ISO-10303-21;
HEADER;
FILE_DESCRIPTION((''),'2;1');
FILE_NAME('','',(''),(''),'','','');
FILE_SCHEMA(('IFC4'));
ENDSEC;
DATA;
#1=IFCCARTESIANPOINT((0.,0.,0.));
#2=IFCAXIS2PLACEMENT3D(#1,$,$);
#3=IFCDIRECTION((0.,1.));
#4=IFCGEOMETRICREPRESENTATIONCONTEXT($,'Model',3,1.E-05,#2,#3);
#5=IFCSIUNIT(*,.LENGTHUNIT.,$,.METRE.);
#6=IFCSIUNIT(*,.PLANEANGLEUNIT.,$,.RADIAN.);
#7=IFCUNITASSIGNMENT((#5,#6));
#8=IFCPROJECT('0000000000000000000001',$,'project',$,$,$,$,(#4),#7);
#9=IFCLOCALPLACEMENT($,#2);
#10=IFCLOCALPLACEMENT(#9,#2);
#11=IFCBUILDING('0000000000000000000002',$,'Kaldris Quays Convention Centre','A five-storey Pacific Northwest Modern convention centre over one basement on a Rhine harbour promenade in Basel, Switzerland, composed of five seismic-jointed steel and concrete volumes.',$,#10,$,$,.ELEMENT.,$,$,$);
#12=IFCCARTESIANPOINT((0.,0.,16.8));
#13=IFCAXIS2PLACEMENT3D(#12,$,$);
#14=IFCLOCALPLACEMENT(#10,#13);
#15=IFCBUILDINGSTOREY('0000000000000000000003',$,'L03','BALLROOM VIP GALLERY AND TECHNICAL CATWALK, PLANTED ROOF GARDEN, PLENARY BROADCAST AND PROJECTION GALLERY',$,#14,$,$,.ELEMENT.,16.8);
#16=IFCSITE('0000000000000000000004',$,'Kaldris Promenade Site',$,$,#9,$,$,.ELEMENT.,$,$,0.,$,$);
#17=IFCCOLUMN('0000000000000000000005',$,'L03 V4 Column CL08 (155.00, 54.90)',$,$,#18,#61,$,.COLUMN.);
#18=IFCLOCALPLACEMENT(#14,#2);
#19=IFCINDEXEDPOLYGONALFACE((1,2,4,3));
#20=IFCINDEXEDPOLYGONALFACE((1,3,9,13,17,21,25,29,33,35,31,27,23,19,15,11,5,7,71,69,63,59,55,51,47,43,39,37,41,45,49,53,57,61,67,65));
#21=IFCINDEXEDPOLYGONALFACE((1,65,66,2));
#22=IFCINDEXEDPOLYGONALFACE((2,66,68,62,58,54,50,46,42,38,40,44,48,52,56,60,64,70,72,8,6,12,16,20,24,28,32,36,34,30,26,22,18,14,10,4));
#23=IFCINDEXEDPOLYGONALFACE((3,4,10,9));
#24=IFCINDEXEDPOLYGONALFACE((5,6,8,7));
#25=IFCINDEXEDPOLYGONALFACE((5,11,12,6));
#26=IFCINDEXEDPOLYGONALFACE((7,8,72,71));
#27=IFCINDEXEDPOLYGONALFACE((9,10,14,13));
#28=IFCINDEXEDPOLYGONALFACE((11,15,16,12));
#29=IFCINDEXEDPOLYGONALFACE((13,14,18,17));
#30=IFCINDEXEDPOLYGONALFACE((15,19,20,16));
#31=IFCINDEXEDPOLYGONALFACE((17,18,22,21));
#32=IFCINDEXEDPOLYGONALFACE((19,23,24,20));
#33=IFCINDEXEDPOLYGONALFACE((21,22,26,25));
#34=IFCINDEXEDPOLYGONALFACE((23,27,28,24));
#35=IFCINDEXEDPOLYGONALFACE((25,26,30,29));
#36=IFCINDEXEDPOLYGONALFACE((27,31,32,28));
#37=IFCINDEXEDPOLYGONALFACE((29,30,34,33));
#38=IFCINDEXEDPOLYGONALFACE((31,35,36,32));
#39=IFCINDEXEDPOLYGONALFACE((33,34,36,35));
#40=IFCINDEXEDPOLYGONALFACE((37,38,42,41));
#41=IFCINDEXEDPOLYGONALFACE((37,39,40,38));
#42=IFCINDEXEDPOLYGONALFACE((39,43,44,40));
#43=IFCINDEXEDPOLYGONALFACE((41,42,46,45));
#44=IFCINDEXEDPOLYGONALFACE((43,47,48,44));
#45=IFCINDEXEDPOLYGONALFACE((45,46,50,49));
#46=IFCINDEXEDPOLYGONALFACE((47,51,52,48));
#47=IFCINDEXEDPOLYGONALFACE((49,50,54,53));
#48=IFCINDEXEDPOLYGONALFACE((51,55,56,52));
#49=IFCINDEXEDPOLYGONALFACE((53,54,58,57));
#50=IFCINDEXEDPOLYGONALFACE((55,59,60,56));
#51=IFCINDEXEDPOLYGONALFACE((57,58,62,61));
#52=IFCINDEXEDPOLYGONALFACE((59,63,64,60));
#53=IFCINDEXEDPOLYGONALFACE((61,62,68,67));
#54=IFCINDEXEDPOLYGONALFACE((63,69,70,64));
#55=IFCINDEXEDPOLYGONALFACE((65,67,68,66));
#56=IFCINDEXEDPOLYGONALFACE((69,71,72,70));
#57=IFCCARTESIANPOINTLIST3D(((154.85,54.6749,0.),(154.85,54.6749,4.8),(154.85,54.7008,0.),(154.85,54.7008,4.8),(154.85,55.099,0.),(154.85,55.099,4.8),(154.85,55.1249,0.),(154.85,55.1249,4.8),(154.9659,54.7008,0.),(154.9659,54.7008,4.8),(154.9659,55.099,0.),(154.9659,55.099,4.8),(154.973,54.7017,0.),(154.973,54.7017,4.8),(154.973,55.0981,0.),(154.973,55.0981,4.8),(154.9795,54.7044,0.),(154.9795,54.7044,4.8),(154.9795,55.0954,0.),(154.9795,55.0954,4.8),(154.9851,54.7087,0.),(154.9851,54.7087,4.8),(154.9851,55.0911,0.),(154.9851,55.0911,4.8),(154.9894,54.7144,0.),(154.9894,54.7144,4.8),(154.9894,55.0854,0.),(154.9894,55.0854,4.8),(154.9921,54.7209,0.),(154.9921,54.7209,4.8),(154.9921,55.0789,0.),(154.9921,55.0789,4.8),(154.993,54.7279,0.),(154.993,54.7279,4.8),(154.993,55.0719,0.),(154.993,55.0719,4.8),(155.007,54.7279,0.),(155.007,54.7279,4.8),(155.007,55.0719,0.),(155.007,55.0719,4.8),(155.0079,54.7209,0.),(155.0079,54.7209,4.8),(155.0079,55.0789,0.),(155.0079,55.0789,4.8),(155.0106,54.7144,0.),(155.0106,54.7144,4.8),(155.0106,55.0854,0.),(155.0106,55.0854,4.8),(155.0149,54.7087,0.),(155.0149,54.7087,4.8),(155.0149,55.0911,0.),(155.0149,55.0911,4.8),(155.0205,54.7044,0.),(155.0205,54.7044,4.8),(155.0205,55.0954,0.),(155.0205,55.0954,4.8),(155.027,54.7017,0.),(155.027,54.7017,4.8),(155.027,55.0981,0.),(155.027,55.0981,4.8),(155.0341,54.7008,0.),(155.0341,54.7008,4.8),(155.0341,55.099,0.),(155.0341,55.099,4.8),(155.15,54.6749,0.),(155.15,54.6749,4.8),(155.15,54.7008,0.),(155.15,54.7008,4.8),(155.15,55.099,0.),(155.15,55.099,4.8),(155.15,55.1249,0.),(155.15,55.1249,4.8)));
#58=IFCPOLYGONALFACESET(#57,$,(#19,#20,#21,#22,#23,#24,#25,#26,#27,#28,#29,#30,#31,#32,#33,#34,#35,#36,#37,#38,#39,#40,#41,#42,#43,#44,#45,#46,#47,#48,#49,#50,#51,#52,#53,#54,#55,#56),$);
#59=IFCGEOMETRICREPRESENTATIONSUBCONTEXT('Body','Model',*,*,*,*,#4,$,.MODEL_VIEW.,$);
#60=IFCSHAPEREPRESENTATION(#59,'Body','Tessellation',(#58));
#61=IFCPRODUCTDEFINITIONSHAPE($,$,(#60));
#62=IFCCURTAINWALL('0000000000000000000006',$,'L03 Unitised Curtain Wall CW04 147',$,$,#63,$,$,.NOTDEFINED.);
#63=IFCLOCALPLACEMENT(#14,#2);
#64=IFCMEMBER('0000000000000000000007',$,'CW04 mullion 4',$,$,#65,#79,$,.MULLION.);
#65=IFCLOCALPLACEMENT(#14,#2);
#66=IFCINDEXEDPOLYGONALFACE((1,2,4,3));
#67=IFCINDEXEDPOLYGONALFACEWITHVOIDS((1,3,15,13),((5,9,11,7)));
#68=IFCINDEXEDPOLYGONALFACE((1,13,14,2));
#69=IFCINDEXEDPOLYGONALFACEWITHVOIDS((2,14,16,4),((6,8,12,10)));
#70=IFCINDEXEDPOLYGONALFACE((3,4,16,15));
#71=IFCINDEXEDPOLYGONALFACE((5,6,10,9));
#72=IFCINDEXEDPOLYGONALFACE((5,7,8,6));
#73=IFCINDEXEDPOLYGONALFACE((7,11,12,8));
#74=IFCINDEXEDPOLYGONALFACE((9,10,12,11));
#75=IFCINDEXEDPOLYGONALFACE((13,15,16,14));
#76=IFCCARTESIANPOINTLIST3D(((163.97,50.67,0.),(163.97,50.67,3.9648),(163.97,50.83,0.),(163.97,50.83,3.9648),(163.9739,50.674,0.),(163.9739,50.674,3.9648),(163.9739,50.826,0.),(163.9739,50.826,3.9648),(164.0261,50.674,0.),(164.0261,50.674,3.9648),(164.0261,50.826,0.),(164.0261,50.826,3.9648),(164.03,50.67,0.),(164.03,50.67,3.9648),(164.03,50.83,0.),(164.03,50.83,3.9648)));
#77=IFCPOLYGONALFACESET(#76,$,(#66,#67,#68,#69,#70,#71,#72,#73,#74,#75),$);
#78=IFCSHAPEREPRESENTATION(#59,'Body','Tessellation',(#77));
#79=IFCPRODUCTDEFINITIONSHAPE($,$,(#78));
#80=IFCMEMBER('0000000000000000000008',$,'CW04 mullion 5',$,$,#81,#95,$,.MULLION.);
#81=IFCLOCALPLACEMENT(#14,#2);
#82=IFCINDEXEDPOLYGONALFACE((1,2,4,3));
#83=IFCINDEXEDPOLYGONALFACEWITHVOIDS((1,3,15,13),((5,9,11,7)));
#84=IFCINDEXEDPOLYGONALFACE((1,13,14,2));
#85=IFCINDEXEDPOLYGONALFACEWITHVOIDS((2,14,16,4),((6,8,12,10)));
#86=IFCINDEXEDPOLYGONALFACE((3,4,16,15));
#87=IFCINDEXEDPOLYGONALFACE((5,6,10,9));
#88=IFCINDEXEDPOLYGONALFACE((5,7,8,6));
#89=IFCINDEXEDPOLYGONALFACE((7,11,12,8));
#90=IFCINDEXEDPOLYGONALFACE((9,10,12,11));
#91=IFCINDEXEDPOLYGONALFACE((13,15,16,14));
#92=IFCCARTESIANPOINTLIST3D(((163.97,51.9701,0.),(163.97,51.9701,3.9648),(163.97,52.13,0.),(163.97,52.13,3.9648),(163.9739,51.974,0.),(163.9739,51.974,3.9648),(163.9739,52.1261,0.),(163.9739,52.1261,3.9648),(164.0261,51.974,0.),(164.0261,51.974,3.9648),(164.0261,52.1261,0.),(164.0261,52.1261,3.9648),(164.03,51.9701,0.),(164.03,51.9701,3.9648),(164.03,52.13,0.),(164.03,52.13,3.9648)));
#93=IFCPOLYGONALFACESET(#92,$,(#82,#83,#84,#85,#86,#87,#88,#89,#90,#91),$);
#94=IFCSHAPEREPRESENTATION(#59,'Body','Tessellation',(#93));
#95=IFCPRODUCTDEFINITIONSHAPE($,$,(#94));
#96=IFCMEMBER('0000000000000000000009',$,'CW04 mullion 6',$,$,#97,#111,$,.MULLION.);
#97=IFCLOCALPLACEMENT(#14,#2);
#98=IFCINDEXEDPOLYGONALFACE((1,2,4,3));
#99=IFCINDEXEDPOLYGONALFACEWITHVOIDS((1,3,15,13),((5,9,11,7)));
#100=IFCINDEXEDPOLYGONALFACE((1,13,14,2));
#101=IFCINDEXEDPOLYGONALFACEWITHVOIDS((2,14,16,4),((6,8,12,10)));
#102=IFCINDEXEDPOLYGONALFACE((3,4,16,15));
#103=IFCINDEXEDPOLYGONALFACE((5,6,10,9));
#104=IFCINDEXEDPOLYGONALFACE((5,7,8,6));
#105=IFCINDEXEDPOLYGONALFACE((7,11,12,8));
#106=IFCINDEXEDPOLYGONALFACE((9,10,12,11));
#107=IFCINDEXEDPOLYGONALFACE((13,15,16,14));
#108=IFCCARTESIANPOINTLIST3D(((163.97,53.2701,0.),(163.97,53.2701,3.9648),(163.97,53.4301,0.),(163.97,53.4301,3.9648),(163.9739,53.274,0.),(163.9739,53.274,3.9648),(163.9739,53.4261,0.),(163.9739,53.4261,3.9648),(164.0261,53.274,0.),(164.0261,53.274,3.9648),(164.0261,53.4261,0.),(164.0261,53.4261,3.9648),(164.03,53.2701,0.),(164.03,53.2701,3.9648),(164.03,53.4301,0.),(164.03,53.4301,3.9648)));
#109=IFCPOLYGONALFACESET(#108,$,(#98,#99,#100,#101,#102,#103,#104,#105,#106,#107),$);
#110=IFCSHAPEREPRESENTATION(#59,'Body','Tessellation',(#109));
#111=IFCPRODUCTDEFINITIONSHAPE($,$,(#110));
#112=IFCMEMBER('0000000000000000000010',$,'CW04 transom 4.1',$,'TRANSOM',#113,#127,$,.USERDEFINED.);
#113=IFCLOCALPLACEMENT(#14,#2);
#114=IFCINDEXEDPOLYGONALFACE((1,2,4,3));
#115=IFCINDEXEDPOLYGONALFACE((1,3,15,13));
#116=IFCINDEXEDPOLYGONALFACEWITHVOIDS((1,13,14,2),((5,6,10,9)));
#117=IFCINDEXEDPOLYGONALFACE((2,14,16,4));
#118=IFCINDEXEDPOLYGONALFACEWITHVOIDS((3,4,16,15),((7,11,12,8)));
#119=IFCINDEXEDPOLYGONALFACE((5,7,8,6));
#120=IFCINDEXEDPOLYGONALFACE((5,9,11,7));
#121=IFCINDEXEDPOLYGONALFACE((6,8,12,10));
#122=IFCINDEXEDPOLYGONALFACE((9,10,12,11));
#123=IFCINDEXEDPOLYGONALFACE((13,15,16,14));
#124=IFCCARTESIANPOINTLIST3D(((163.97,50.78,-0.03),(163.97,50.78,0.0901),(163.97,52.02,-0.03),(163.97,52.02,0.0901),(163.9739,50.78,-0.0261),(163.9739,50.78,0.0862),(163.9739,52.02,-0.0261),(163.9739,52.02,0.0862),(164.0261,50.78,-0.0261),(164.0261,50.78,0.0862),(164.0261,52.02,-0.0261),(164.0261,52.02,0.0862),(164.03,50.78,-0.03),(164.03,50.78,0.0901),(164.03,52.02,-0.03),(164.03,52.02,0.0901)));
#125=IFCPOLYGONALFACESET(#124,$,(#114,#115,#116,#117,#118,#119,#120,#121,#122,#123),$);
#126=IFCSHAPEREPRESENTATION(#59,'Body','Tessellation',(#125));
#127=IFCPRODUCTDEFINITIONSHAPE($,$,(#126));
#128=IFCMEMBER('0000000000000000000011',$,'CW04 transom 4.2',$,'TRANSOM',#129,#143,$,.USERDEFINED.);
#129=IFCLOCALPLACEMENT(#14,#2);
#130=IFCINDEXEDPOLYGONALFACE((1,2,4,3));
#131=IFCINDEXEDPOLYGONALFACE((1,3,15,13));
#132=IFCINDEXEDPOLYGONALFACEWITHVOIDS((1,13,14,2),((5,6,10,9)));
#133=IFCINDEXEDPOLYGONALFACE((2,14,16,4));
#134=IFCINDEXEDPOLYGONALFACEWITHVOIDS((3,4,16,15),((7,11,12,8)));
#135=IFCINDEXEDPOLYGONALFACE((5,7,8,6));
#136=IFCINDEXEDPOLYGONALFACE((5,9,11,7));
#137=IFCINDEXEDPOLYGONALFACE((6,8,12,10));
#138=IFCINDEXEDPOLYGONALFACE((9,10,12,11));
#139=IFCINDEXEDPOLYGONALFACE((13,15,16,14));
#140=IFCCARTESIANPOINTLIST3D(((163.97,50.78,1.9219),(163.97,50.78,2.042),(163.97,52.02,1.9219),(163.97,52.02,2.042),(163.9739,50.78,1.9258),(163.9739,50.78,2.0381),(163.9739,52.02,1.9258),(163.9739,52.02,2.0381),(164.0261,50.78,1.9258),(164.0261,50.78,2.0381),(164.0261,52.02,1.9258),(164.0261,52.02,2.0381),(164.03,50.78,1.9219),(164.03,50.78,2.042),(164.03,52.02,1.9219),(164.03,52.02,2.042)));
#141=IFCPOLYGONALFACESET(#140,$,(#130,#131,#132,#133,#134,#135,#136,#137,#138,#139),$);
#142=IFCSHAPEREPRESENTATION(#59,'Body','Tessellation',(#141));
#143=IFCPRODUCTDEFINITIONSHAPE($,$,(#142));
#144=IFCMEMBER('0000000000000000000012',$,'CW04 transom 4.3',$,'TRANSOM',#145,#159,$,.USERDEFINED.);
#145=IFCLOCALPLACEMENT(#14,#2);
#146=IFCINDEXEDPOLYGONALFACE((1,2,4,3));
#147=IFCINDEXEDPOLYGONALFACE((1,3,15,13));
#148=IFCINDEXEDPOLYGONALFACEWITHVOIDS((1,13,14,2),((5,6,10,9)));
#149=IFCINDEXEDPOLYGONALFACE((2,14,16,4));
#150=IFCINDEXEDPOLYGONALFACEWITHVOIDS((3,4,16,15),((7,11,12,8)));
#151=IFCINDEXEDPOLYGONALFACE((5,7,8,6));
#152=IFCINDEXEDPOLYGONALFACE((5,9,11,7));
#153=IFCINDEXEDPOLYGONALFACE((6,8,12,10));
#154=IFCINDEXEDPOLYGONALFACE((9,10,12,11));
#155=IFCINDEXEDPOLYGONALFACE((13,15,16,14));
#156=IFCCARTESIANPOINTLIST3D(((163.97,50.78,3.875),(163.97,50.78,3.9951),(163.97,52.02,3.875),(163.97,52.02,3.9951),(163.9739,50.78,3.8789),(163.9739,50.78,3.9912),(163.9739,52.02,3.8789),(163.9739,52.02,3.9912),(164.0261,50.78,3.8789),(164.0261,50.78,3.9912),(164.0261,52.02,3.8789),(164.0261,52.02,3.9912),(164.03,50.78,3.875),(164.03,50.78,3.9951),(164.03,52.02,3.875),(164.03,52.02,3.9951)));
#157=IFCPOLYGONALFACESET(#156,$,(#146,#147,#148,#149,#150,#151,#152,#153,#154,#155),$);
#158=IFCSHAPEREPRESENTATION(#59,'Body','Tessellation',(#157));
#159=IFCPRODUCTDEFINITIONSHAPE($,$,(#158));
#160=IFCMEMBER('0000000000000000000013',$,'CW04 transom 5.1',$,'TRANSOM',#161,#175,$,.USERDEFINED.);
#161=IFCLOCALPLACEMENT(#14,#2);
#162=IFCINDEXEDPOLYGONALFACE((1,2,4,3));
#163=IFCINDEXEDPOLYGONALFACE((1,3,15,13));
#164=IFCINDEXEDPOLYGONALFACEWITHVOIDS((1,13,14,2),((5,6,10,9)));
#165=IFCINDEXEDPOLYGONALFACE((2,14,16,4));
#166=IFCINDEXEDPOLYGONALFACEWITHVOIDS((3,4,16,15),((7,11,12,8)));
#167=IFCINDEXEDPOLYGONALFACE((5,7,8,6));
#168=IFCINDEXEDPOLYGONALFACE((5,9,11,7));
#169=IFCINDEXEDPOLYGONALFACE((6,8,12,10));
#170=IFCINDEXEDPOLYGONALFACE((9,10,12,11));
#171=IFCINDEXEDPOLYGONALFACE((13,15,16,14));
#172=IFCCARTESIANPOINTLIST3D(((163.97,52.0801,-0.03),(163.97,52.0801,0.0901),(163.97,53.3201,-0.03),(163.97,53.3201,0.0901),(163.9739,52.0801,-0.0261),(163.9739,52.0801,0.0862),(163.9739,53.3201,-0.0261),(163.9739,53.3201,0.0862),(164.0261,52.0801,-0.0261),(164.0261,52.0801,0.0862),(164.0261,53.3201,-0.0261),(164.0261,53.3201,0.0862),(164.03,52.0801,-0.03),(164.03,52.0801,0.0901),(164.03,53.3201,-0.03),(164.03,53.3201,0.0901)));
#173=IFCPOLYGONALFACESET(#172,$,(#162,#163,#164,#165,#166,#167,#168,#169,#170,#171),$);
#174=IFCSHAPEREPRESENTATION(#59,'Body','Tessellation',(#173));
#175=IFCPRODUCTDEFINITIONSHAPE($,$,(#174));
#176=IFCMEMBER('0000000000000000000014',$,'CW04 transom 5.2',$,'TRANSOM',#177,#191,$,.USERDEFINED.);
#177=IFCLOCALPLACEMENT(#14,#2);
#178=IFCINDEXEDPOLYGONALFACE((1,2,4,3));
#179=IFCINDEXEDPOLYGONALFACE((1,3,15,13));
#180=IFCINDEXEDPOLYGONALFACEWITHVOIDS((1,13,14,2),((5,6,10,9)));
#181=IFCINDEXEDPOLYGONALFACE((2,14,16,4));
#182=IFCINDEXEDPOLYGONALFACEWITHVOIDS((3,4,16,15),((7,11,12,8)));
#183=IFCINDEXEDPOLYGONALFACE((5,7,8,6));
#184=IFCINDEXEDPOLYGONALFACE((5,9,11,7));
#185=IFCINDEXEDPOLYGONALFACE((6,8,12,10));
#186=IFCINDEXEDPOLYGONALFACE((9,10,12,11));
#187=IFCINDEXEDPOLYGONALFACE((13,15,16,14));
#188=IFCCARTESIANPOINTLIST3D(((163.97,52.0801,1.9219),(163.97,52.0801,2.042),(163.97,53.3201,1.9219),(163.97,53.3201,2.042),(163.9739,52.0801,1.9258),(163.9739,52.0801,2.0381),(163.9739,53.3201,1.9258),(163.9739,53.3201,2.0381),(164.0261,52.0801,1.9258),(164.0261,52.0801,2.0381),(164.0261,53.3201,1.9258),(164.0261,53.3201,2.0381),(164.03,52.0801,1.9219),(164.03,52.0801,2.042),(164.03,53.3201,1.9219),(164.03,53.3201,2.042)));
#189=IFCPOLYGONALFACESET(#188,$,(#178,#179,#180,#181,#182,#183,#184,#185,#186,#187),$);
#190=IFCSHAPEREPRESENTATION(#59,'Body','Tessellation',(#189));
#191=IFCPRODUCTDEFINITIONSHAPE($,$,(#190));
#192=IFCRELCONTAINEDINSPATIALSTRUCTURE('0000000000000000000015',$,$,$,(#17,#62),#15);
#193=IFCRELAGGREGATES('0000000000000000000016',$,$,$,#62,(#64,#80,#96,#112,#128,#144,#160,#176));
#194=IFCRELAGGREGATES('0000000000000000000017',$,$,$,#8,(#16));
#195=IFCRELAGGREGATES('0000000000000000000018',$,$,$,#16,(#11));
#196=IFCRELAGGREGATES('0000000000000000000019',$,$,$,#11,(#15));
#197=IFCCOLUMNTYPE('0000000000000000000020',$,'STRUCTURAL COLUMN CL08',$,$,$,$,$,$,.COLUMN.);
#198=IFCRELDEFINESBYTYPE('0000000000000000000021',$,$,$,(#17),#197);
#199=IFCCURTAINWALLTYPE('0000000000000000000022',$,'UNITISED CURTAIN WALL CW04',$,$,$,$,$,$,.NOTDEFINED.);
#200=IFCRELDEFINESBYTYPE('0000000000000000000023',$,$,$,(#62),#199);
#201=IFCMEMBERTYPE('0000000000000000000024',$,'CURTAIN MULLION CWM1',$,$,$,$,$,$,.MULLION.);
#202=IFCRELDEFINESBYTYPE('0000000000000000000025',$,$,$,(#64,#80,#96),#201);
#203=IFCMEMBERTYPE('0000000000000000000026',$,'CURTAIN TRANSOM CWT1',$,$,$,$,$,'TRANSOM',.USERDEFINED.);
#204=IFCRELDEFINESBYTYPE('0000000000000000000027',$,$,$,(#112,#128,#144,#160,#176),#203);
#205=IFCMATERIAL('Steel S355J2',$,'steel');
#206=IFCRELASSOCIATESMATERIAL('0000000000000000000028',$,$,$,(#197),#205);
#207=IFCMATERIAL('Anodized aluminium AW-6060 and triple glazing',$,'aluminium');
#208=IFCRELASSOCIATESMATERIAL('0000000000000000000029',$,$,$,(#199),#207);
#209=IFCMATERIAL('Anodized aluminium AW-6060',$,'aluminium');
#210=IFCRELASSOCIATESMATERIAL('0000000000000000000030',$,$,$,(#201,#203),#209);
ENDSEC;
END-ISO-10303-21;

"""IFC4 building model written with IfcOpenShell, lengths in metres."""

from ifc_helpers import new_model, si_unit, direction, frame, origin, origin_2d, place, context, subcontext, project, spatial, hollow_rectangle, i_section, extrude, material, material_profile, profile_set, type_object, element, aggregate, save


model = new_model("IFC4")

# Units and contexts
model_context = context("Model", 3, precision=1e-05, world=origin(), true_north=direction((0.0, 1.0)))
body_context = subcontext(model_context, "Body", "Model", "MODEL_VIEW")
ifc_project = project(units=[si_unit("LENGTHUNIT", "METRE"), si_unit("PLANEANGLEUNIT", "RADIAN")], contexts=[model_context])

# Site, building, storey
site_placement = place(None, origin())
site = spatial("IfcSite", under=ifc_project, at=site_placement, Name="Kaldris Promenade Site", CompositionType="ELEMENT", RefElevation=0.0)
building_placement = place(site_placement, origin())
building = spatial("IfcBuilding", under=site, at=building_placement, Name="Kaldris Quays Convention Centre", Description="A five-storey Pacific Northwest Modern convention centre over one basement on a Rhine harbour promenade in Basel, Switzerland, composed of five seismic-jointed steel and concrete volumes.", CompositionType="ELEMENT")
storey_placement = place(building_placement, frame((0.0, 0.0, 16.8)))
storey = spatial("IfcBuildingStorey", under=building, at=storey_placement, Name="L03", Description="BALLROOM VIP GALLERY AND TECHNICAL CATWALK, PLANTED ROOF GARDEN, PLENARY BROADCAST AND PROJECTION GALLERY", CompositionType="ELEMENT", Elevation=16.8)

# Column
ifc_material_1 = material(Name="Steel S355J2", Category="steel")
ifc_material_profile_1 = material_profile(ifc_material_1, i_section(OverallWidth=0.3, OverallDepth=0.45, WebThickness=0.0139, FlangeThickness=0.0259, FilletRadius=0.0271, at=origin_2d()), Name="HEB 450")
ifc_profile_set_1 = profile_set([ifc_material_profile_1], Name="Steel S355J2")
column_type = type_object("IfcColumnType", Name="STRUCTURAL COLUMN CL08", PredefinedType="COLUMN", material=ifc_profile_set_1)
column_placement = place(storey_placement, frame((155.0, 54.8999, 0.0), z_axis=(0.0, 0.0, 1.0), x_axis=(1.0, 0.0, 0.0)))
element("IfcColumn", 1, at=column_placement, inside=storey, type_object=column_type, Name="L03 V4 Column CL08 (155.00, 54.90)", PredefinedType="COLUMN", context=body_context, shape_type="SweptSolid", body=[
    extrude(i_section(OverallWidth=0.3, OverallDepth=0.45, WebThickness=0.0139, FlangeThickness=0.0259, FilletRadius=0.0271, at=origin_2d()), origin(), (0.0, 0.0, 1.0), 4.8),
])

# Curtain wall, members
ifc_material_2 = material(Name="Anodized aluminium AW-6060 and triple glazing", Category="aluminium")
curtain_wall_type = type_object("IfcCurtainWallType", Name="UNITISED CURTAIN WALL CW04", PredefinedType="NOTDEFINED", material=ifc_material_2)
curtain_wall_placement = place(storey_placement, origin())
curtain_wall = element("IfcCurtainWall", 2, at=curtain_wall_placement, inside=storey, type_object=curtain_wall_type, Name="L03 Unitised Curtain Wall CW04 147", PredefinedType="NOTDEFINED")
ifc_material_3 = material(Name="Anodized aluminium AW-6060", Category="aluminium")
ifc_material_profile_2 = material_profile(ifc_material_3, hollow_rectangle(XDim=0.0601, YDim=0.1599, WallThickness=0.0039, at=origin_2d()), Name="RHS 160x60x4")
ifc_profile_set_2 = profile_set([ifc_material_profile_2], Name="Anodized aluminium AW-6060")
member_type_1 = type_object("IfcMemberType", Name="CURTAIN MULLION CWM1", PredefinedType="MULLION", material=ifc_profile_set_2)
member_1_placement = place(storey_placement, frame((164.0, 50.75, 0.0), z_axis=(0.0, 0.0, 1.0), x_axis=(-1.0, 0.0, 0.0)))
member_1 = element("IfcMember", 3, at=member_1_placement, type_object=member_type_1, Name="CW04 mullion 4", PredefinedType="MULLION", context=body_context, shape_type="SweptSolid", body=[
    extrude(hollow_rectangle(XDim=0.0601, YDim=0.1599, WallThickness=0.0039, at=origin_2d()), origin(), (0.0, 0.0, 1.0), 3.9648),
])
member_2_placement = place(storey_placement, frame((164.0, 52.05, 0.0), z_axis=(0.0, 0.0, 1.0), x_axis=(-1.0, 0.0, 0.0)))
member_2 = element("IfcMember", 4, at=member_2_placement, type_object=member_type_1, Name="CW04 mullion 5", PredefinedType="MULLION", context=body_context, shape_type="SweptSolid", body=[
    extrude(hollow_rectangle(XDim=0.0601, YDim=0.1599, WallThickness=0.0039, at=origin_2d()), origin(), (0.0, 0.0, 1.0), 3.9648),
])
member_3_placement = place(storey_placement, frame((164.0, 53.3501, 0.0), z_axis=(0.0, 0.0, 1.0), x_axis=(-1.0, 0.0, 0.0)))
member_3 = element("IfcMember", 5, at=member_3_placement, type_object=member_type_1, Name="CW04 mullion 6", PredefinedType="MULLION", context=body_context, shape_type="SweptSolid", body=[
    extrude(hollow_rectangle(XDim=0.0601, YDim=0.1599, WallThickness=0.0039, at=origin_2d()), origin(), (0.0, 0.0, 1.0), 3.9648),
])
ifc_material_profile_3 = material_profile(ifc_material_3, hollow_rectangle(XDim=0.0601, YDim=0.1201, WallThickness=0.0039, at=origin_2d()), Name="RHS 120x60x4")
ifc_profile_set_3 = profile_set([ifc_material_profile_3], Name="Anodized aluminium AW-6060")
member_type_2 = type_object("IfcMemberType", Name="CURTAIN TRANSOM CWT1", ElementType="TRANSOM", PredefinedType="USERDEFINED", material=ifc_profile_set_3)
member_4_placement = place(storey_placement, frame((164.0, 50.78, 0.03), z_axis=(0.0, 1.0, 0.0), x_axis=(-1.0, 0.0, 0.0)))
member_4 = element("IfcMember", 6, at=member_4_placement, type_object=member_type_2, Name="CW04 transom 4.1", ObjectType="TRANSOM", PredefinedType="USERDEFINED", context=body_context, shape_type="SweptSolid", body=[
    extrude(hollow_rectangle(XDim=0.0601, YDim=0.1201, WallThickness=0.0039, at=origin_2d()), origin(), (0.0, 0.0, 1.0), 1.24),
])
member_5_placement = place(storey_placement, frame((164.0, 50.78, 1.9819), z_axis=(0.0, 1.0, 0.0), x_axis=(-1.0, 0.0, 0.0)))
member_5 = element("IfcMember", 7, at=member_5_placement, type_object=member_type_2, Name="CW04 transom 4.2", ObjectType="TRANSOM", PredefinedType="USERDEFINED", context=body_context, shape_type="SweptSolid", body=[
    extrude(hollow_rectangle(XDim=0.0601, YDim=0.1201, WallThickness=0.0039, at=origin_2d()), origin(), (0.0, 0.0, 1.0), 1.24),
])
member_6_placement = place(storey_placement, frame((164.0, 50.78, 3.9351), z_axis=(0.0, 1.0, 0.0), x_axis=(-1.0, 0.0, 0.0)))
member_6 = element("IfcMember", 8, at=member_6_placement, type_object=member_type_2, Name="CW04 transom 4.3", ObjectType="TRANSOM", PredefinedType="USERDEFINED", context=body_context, shape_type="SweptSolid", body=[
    extrude(hollow_rectangle(XDim=0.0601, YDim=0.1201, WallThickness=0.0039, at=origin_2d()), origin(), (0.0, 0.0, 1.0), 1.24),
])
member_7_placement = place(storey_placement, frame((164.0, 52.0801, 0.03), z_axis=(0.0, 1.0, 0.0), x_axis=(-1.0, 0.0, 0.0)))
member_7 = element("IfcMember", 9, at=member_7_placement, type_object=member_type_2, Name="CW04 transom 5.1", ObjectType="TRANSOM", PredefinedType="USERDEFINED", context=body_context, shape_type="SweptSolid", body=[
    extrude(hollow_rectangle(XDim=0.0601, YDim=0.1201, WallThickness=0.0039, at=origin_2d()), origin(), (0.0, 0.0, 1.0), 1.24),
])
member_8_placement = place(storey_placement, frame((164.0, 52.0801, 1.9819), z_axis=(0.0, 1.0, 0.0), x_axis=(-1.0, 0.0, 0.0)))
member_8 = element("IfcMember", 10, at=member_8_placement, type_object=member_type_2, Name="CW04 transom 5.2", ObjectType="TRANSOM", PredefinedType="USERDEFINED", context=body_context, shape_type="SweptSolid", body=[
    extrude(hollow_rectangle(XDim=0.0601, YDim=0.1201, WallThickness=0.0039, at=origin_2d()), origin(), (0.0, 0.0, 1.0), 1.24),
])

aggregate(curtain_wall, [member_1, member_2, member_3, member_4, member_5, member_6, member_7, member_8])

save(model, "model.ifc")
